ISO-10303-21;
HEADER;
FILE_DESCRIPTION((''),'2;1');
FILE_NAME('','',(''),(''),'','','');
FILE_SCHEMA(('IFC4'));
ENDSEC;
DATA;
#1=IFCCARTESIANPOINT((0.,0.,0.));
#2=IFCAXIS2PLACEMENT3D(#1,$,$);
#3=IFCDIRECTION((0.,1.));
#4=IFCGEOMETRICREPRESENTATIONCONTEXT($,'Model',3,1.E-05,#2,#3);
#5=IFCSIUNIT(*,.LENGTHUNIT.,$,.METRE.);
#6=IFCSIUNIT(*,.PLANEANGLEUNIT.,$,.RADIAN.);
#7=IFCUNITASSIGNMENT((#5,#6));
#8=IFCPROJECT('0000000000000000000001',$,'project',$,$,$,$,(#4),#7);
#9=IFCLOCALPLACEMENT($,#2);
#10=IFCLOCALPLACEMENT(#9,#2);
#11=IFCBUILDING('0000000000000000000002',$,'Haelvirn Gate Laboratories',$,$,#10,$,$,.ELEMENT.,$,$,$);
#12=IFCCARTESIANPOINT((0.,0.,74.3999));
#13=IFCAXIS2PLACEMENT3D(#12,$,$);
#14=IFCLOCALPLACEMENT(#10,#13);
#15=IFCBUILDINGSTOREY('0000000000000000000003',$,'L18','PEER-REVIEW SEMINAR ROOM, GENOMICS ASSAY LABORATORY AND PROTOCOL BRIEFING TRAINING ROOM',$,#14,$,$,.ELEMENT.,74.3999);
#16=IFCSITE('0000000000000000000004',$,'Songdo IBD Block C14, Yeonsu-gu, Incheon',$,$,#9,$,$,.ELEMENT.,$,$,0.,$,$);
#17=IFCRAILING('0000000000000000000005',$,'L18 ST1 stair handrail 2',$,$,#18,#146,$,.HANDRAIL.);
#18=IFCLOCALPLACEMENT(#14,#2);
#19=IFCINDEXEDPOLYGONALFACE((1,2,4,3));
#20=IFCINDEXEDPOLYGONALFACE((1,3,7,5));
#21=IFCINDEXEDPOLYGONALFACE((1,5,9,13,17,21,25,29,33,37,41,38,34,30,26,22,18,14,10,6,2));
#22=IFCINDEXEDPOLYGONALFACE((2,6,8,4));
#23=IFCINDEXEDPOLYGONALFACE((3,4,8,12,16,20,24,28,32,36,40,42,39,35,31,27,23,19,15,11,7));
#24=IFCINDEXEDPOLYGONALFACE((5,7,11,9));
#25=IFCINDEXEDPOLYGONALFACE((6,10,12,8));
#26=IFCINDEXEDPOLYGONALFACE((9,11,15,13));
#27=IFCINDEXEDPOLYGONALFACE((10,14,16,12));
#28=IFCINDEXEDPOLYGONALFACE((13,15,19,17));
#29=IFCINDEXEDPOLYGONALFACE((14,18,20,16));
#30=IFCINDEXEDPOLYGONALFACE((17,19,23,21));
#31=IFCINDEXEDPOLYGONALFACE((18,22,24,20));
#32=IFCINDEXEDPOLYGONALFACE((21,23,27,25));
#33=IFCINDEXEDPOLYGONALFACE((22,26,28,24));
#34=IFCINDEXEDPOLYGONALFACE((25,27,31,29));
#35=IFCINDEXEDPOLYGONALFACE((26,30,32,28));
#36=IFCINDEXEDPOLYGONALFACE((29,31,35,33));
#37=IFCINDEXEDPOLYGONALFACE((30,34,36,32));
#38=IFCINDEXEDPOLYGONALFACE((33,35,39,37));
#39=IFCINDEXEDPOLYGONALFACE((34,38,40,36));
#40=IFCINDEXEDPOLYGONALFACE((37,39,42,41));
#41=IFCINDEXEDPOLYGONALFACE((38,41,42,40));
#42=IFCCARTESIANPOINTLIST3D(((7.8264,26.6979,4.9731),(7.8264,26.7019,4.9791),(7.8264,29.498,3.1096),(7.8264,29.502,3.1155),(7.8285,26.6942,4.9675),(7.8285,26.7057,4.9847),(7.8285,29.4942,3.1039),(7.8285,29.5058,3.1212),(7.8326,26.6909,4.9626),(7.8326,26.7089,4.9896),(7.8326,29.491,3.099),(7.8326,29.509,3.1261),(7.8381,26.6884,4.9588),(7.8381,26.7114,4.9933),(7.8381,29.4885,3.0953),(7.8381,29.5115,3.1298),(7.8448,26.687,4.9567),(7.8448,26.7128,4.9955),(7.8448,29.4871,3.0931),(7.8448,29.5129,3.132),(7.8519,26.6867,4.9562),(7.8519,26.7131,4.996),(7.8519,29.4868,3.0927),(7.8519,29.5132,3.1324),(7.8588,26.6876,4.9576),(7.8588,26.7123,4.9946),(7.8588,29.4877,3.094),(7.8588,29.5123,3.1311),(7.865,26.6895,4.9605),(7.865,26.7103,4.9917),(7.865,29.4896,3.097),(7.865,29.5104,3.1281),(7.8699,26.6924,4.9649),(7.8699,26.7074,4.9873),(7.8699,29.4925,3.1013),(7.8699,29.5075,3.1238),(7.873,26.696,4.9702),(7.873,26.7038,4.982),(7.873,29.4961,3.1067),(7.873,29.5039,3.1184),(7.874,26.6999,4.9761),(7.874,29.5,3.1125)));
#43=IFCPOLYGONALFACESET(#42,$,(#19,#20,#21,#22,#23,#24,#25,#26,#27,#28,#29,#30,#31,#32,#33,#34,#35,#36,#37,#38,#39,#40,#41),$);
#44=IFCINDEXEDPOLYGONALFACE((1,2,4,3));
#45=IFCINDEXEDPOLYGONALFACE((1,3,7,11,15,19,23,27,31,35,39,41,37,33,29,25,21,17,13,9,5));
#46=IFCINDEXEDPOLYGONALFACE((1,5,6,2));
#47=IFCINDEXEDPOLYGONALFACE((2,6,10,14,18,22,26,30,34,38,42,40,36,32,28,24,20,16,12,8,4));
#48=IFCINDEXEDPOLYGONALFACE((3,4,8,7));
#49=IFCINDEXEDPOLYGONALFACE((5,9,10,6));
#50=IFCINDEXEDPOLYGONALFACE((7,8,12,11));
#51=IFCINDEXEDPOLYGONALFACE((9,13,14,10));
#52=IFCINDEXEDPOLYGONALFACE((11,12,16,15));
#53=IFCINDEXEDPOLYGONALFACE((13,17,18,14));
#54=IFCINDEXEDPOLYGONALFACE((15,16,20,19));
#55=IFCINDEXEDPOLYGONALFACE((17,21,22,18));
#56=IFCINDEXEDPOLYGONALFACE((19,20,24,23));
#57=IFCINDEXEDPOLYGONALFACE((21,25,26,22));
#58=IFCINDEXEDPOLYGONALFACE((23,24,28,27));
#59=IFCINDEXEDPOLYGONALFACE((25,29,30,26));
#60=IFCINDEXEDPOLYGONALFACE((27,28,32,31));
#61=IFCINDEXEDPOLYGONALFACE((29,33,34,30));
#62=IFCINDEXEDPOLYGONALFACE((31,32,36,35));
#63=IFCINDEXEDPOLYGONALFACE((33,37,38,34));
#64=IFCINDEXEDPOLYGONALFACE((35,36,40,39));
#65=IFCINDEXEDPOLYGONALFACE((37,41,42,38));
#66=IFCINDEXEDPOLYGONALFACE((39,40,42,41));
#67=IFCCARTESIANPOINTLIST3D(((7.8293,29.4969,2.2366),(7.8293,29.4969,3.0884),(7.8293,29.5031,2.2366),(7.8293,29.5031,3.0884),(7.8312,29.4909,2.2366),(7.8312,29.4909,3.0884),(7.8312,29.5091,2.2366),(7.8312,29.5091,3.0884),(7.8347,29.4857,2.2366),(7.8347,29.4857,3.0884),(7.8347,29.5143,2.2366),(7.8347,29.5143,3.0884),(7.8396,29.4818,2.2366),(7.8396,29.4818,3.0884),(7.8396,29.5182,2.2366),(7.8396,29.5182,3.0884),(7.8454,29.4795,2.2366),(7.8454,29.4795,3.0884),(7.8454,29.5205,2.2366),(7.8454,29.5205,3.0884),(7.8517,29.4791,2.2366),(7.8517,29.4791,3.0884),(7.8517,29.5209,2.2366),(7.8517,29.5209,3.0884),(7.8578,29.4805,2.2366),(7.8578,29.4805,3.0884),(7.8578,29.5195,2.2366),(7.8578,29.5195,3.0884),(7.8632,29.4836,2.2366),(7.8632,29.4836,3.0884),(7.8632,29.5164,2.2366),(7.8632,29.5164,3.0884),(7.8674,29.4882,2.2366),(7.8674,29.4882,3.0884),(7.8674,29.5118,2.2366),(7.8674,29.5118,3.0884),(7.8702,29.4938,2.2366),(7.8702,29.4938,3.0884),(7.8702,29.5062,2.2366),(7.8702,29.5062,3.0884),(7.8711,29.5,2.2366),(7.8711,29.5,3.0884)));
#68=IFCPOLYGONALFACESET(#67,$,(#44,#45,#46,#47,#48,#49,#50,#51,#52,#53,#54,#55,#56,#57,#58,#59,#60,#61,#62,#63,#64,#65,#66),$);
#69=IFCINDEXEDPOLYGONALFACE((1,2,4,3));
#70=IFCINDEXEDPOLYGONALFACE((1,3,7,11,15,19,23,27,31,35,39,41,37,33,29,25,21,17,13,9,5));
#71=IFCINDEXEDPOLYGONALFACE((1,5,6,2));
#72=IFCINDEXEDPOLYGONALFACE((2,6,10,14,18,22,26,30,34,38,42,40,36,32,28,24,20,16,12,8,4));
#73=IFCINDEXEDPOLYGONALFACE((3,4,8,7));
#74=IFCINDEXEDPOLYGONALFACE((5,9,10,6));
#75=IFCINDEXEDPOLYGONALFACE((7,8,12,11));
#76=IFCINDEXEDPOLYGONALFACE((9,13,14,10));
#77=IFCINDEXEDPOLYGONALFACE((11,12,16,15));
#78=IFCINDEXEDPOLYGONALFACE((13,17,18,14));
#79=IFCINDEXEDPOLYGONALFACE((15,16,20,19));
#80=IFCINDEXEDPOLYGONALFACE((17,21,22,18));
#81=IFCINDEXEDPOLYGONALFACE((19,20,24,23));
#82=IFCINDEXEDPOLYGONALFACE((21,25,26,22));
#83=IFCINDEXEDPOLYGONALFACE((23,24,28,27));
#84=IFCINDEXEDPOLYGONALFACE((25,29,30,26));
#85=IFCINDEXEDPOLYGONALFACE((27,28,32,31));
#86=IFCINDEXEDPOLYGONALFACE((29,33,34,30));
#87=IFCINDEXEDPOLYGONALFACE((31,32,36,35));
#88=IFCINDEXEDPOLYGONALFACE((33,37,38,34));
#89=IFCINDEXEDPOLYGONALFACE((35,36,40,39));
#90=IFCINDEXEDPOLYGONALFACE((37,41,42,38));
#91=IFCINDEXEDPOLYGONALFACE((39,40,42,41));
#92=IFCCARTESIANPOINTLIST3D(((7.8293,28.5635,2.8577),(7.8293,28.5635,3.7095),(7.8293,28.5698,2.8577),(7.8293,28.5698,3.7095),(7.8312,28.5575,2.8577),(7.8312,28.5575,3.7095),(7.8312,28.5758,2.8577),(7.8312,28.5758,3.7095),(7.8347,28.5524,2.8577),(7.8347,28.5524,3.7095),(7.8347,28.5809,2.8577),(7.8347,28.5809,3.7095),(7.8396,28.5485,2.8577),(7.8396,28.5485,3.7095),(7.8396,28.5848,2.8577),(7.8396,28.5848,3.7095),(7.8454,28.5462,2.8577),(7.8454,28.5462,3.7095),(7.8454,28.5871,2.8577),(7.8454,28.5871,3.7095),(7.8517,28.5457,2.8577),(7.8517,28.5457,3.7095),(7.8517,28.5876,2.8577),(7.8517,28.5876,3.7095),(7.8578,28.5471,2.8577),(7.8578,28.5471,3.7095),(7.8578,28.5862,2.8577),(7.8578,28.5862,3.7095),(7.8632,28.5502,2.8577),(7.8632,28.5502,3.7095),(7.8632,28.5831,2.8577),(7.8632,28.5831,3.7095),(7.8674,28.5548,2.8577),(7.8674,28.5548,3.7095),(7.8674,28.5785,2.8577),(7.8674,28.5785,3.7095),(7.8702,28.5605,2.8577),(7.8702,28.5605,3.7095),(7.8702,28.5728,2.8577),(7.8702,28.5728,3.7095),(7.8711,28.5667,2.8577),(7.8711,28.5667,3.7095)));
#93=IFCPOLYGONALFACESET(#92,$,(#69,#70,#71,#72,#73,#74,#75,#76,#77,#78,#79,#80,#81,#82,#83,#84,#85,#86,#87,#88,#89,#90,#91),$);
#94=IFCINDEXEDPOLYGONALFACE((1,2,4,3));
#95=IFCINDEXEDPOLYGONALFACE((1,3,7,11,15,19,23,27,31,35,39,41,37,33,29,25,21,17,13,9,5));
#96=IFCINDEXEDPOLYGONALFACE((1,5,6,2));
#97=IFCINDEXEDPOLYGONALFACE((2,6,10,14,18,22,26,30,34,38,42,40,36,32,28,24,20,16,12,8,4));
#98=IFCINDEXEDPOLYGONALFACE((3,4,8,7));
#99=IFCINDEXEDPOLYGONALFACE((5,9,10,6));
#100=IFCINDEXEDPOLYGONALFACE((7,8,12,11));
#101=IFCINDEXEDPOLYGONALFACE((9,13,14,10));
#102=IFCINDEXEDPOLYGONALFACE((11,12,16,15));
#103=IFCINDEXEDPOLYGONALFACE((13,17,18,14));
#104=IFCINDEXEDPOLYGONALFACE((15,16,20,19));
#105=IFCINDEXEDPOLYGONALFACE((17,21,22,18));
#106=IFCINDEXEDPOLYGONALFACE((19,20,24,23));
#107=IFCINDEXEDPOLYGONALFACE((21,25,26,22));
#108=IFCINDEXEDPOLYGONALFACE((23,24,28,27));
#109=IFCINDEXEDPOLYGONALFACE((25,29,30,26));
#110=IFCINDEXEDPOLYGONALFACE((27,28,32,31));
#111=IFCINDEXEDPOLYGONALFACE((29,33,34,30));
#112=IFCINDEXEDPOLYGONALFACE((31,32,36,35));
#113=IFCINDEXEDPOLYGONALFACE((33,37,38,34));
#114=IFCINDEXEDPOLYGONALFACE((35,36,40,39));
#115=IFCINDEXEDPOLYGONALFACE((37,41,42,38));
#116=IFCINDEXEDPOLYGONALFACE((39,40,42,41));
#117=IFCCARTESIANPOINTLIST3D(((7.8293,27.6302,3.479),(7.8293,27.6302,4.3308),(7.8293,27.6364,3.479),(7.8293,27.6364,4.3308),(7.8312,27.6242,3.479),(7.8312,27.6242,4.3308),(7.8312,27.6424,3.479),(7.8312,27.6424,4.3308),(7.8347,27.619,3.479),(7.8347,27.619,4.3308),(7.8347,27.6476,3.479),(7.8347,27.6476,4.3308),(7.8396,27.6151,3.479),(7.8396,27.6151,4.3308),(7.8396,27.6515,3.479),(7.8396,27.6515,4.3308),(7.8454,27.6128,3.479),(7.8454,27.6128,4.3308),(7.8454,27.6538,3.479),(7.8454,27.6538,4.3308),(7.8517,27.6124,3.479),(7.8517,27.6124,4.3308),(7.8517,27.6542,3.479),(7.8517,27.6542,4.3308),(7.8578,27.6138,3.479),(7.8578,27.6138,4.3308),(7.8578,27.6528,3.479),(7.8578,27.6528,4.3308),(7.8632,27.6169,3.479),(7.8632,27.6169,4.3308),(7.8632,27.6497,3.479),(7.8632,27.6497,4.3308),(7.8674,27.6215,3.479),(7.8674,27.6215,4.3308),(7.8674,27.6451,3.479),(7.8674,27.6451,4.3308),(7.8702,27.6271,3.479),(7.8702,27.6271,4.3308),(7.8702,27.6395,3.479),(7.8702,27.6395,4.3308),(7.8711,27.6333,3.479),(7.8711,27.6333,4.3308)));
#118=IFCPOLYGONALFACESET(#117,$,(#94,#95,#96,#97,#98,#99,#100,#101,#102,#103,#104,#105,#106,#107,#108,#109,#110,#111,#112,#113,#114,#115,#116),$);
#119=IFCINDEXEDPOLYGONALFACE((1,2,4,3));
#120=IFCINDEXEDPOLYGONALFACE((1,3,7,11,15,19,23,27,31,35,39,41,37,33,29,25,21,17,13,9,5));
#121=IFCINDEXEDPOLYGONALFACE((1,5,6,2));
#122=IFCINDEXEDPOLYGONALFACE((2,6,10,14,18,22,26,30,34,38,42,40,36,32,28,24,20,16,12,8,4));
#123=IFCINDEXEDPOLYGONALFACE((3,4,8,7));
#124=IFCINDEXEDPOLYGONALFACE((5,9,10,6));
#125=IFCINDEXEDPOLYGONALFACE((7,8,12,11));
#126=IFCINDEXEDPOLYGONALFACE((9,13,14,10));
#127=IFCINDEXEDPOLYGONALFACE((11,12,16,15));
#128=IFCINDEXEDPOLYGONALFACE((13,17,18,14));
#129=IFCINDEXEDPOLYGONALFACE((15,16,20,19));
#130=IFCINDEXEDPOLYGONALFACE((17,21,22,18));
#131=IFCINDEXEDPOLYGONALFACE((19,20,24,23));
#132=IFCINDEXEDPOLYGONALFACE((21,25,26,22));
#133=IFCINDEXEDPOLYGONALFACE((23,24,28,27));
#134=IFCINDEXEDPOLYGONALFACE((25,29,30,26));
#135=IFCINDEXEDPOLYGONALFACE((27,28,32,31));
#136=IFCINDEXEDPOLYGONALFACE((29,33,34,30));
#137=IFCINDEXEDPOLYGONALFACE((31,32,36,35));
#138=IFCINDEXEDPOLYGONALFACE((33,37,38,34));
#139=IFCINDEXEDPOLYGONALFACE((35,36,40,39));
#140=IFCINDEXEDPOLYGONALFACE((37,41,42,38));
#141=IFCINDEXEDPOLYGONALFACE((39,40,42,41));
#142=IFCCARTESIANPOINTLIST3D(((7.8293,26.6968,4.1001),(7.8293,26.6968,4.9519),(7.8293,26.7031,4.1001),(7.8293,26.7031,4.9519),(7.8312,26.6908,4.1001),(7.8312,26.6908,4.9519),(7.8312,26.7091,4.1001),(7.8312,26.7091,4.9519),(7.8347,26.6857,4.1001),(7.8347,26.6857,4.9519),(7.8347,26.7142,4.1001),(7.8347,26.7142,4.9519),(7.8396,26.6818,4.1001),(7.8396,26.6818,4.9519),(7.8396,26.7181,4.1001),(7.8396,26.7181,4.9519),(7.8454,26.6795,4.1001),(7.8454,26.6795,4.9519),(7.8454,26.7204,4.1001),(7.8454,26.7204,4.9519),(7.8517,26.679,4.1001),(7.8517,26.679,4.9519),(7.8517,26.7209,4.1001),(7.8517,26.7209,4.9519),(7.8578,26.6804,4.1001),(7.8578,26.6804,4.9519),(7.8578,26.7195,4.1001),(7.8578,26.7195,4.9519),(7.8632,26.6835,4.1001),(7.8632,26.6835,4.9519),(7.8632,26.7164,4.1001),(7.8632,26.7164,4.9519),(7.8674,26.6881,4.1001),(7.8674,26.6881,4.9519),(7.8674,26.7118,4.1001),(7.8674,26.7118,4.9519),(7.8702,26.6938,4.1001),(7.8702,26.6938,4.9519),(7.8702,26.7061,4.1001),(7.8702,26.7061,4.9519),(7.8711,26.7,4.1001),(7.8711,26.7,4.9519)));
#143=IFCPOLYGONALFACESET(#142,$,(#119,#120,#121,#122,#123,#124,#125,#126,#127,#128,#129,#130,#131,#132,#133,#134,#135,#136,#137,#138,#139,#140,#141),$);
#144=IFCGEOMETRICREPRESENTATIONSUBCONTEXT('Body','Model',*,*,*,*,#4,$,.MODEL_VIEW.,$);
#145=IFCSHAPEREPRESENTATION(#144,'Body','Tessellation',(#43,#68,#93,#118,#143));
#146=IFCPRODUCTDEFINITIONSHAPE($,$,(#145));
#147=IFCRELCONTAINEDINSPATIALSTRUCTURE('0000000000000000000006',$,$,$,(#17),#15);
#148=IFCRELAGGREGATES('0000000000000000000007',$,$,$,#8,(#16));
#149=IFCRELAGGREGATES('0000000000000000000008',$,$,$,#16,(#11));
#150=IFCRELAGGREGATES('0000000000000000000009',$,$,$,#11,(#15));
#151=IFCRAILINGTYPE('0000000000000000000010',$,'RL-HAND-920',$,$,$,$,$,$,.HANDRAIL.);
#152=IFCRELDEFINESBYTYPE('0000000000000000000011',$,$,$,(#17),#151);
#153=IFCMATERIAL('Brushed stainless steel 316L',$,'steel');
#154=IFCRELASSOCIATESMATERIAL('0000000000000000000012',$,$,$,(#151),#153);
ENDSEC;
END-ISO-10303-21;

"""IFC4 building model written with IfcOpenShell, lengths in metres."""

from ifc_helpers import new_model, si_unit, direction, frame, origin, origin_2d, place, context, subcontext, project, spatial, circle, extrude, source, transform, mapped, material, type_object, type_shapes, element, save


model = new_model("IFC4")

# Units and contexts
model_context = context("Model", 3, precision=1e-05, world=origin(), true_north=direction((0.0, 1.0)))
body_context = subcontext(model_context, "Body", "Model", "MODEL_VIEW")
ifc_project = project(units=[si_unit("LENGTHUNIT", "METRE"), si_unit("PLANEANGLEUNIT", "RADIAN")], contexts=[model_context])

# Site, building, storey
site_placement = place(None, origin())
site = spatial("IfcSite", under=ifc_project, at=site_placement, Name="Songdo IBD Block C14, Yeonsu-gu, Incheon", CompositionType="ELEMENT", RefElevation=0.0)
building_placement = place(site_placement, origin())
building = spatial("IfcBuilding", under=site, at=building_placement, Name="Haelvirn Gate Laboratories", CompositionType="ELEMENT")
storey_placement = place(building_placement, frame((0.0, 0.0, 74.3999)))
storey = spatial("IfcBuildingStorey", under=building, at=storey_placement, Name="L18", Description="PEER-REVIEW SEMINAR ROOM, GENOMICS ASSAY LABORATORY AND PROTOCOL BRIEFING TRAINING ROOM", CompositionType="ELEMENT", Elevation=74.3999)

# Railing
ifc_material_1 = material(Name="Brushed stainless steel 316L", Category="steel")
railing_type_1 = type_object("IfcRailingType", Name="RL-HAND-920", PredefinedType="HANDRAIL", material=ifc_material_1)
shared_shape_1 = source(origin(), body_context, "Body", "SweptSolid", [
    extrude(circle(Radius=0.0239, at=origin_2d()), frame((0.0, 0.0, 0.876), z_axis=(0.0, -0.832486, 0.554047), x_axis=(1.0, 0.0, 0.0)), (0.0, 0.0, 1.0), 3.3635),
    extrude(circle(Radius=0.021, at=origin_2d()), origin(), (0.0, 0.0, 1.0), 0.8518),
    extrude(circle(Radius=0.021, at=origin_2d()), frame((0.0, -0.9333, 0.6211)), (0.0, 0.0, 1.0), 0.8518),
    extrude(circle(Radius=0.021, at=origin_2d()), frame((0.0, -1.8667, 1.2424)), (0.0, 0.0, 1.0), 0.8518),
    extrude(circle(Radius=0.021, at=origin_2d()), frame((0.0, -2.8, 1.8635)), (0.0, 0.0, 1.0), 0.8518),
])
type_shapes(railing_type_1, [shared_shape_1])
railing_1_placement = place(storey_placement, frame((7.8501, 29.5, 2.2366)))
element("IfcRailing", 1, at=railing_1_placement, inside=storey, type_object=railing_type_1, Name="L18 ST1 stair handrail 2", PredefinedType="HANDRAIL", context=body_context, shape_type="MappedRepresentation", body=[
    mapped(shared_shape_1, transform((0.0, 0.0, 0.0), scale=1.0)),
])

save(model, "model.ifc")
